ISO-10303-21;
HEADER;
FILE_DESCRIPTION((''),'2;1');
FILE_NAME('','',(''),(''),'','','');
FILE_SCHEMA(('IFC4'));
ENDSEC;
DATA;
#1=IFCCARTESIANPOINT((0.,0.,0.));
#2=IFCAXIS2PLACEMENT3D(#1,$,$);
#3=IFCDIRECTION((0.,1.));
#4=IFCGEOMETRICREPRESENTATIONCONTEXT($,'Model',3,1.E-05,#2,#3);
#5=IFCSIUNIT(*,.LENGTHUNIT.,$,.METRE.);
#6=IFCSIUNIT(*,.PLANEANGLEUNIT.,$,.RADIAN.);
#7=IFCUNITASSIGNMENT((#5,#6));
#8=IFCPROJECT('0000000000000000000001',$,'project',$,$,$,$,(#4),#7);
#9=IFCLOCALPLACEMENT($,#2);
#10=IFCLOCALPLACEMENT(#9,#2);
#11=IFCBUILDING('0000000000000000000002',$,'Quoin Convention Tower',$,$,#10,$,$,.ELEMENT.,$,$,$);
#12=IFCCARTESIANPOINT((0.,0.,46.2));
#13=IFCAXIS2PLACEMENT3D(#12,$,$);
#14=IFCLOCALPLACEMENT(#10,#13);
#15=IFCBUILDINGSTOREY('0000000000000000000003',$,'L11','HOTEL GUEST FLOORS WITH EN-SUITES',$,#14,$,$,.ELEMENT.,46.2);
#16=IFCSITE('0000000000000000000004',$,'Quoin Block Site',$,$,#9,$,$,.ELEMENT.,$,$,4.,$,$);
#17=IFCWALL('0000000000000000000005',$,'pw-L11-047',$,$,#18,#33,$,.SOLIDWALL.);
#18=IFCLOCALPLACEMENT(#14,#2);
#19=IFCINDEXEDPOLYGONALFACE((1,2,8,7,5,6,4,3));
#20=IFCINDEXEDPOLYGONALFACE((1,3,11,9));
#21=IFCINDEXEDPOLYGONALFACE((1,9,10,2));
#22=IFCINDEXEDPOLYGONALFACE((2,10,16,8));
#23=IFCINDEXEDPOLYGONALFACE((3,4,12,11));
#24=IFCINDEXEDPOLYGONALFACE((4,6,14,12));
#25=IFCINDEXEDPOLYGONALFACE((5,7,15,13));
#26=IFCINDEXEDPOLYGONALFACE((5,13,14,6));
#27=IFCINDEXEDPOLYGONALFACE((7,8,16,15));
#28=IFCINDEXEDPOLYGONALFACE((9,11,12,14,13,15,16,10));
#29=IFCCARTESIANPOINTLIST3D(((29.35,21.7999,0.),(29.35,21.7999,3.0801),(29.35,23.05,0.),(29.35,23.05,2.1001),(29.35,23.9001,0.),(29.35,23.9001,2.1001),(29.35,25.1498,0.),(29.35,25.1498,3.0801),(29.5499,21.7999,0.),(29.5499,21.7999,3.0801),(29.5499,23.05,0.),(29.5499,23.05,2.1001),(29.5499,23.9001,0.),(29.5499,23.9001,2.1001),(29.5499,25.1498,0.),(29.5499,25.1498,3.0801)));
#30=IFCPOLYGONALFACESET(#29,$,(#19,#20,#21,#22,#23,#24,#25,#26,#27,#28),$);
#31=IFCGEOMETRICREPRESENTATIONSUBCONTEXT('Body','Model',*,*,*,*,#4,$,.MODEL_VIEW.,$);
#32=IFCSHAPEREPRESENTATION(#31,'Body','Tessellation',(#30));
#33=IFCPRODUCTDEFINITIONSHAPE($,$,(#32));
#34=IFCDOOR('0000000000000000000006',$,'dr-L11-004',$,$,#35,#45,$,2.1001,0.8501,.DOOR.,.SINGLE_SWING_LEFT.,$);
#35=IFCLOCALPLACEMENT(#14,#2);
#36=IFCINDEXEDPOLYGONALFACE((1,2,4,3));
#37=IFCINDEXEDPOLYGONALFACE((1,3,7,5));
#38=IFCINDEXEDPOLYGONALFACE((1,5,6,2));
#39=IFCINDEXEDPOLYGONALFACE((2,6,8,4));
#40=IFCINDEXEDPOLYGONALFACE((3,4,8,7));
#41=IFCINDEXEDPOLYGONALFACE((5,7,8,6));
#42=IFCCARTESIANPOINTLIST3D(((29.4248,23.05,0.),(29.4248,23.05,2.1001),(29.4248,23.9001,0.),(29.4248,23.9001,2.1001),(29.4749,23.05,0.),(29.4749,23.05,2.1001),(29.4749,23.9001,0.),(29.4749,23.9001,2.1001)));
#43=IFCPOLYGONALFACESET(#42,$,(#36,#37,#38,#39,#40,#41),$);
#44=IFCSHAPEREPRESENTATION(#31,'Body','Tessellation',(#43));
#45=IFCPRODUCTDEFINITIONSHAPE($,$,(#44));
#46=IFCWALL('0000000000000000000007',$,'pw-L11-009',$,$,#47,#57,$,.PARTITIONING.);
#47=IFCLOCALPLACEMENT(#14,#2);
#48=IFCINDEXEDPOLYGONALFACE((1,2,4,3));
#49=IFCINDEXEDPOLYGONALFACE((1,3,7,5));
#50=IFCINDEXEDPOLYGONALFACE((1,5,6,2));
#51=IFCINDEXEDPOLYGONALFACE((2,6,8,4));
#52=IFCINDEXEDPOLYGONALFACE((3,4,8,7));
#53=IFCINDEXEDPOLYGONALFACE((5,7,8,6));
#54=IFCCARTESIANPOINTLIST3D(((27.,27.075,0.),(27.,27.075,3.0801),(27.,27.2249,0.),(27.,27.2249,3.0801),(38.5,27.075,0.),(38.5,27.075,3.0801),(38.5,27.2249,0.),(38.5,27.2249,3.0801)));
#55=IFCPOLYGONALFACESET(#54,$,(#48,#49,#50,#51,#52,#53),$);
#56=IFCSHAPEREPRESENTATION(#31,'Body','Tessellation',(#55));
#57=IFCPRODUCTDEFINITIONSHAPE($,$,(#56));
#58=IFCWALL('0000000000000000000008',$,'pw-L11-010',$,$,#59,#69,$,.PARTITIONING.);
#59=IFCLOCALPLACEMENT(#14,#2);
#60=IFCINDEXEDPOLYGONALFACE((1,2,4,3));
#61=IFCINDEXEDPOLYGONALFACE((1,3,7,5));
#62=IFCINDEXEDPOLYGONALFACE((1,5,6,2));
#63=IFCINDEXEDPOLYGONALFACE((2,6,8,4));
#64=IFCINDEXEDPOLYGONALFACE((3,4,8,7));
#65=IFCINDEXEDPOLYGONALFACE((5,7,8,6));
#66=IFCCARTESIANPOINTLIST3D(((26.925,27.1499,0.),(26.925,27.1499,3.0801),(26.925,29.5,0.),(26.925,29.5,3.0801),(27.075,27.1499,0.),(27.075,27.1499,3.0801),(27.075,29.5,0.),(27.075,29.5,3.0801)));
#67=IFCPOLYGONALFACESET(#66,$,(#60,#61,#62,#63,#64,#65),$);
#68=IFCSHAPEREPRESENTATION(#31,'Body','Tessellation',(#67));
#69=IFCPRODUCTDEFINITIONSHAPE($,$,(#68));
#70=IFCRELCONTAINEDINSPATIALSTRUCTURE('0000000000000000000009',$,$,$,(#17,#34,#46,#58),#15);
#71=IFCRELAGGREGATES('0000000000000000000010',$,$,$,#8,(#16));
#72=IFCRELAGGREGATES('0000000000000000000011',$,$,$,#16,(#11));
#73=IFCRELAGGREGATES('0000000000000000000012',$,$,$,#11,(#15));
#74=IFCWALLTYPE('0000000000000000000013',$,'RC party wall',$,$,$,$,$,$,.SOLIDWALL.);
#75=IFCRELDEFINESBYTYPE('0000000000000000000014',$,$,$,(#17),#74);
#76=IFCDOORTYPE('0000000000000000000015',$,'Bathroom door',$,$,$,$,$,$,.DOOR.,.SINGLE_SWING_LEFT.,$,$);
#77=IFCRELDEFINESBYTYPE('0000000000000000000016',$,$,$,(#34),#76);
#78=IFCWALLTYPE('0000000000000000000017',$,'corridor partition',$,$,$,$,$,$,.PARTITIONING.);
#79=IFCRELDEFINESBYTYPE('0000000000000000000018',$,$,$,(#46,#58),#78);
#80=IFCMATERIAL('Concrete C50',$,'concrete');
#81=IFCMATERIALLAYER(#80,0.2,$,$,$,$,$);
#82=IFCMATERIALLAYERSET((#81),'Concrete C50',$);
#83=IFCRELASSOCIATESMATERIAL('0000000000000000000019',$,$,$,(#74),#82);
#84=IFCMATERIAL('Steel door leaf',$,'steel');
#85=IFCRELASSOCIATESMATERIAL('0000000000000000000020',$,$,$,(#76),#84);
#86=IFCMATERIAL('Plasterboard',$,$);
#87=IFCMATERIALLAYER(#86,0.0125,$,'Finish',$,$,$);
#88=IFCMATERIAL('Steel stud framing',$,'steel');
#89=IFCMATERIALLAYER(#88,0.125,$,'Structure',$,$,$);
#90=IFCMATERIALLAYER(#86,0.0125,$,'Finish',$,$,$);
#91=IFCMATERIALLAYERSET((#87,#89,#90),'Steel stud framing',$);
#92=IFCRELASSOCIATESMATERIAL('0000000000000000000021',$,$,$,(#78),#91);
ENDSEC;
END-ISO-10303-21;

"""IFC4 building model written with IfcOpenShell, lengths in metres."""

from ifc_helpers import new_model, si_unit, direction, frame, frame_2d, origin, place, context, subcontext, project, spatial, rectangle, extrude, material, layer, layer_set, type_object, element, fill, save


model = new_model("IFC4")

# Units and contexts
model_context = context("Model", 3, precision=1e-05, world=origin(), true_north=direction((0.0, 1.0)))
body_context = subcontext(model_context, "Body", "Model", "MODEL_VIEW")
ifc_project = project(units=[si_unit("LENGTHUNIT", "METRE"), si_unit("PLANEANGLEUNIT", "RADIAN")], contexts=[model_context])

# Site, building, storey
site_placement = place(None, origin())
site = spatial("IfcSite", under=ifc_project, at=site_placement, Name="Quoin Block Site", CompositionType="ELEMENT", RefElevation=4.0)
building_placement = place(site_placement, origin())
building = spatial("IfcBuilding", under=site, at=building_placement, Name="Quoin Convention Tower", CompositionType="ELEMENT")
storey_placement = place(building_placement, frame((0.0, 0.0, 46.2)))
storey = spatial("IfcBuildingStorey", under=building, at=storey_placement, Name="L11", Description="HOTEL GUEST FLOORS WITH EN-SUITES", CompositionType="ELEMENT", Elevation=46.2)

# Shared definitions
ifc_material_1 = material(Name="Concrete C50", Category="concrete")
ifc_layer_1 = layer(ifc_material_1, 0.2)
ifc_layer_set_1 = layer_set([ifc_layer_1], Name="Concrete C50")
wall_type_1 = type_object("IfcWallType", Name="RC party wall", PredefinedType="SOLIDWALL", material=ifc_layer_set_1)

# Wall, opening, door
wall_1_placement = place(storey_placement, frame((29.45, 21.8, 0.0), z_axis=(0.0, 0.0, 1.0), x_axis=(0.0, 1.0, 0.0)))
wall_1 = element("IfcWall", 1, at=wall_1_placement, inside=storey, type_object=wall_type_1, Name="pw-L11-047", PredefinedType="SOLIDWALL", context=body_context, shape_type="SweptSolid", body=[
    extrude(rectangle(XDim=3.3499, YDim=0.2, at=frame_2d((1.6748, 0.0))), origin(), (0.0, 0.0, 1.0), 3.0801),
])
opening_1_placement = place(wall_1_placement, frame((1.25, 0.0, 0.0)))
opening_1 = element("IfcOpeningElement", 2, at=opening_1_placement, cuts=wall_1, PredefinedType="OPENING", context=body_context, shape_type="SweptSolid", body=[
    extrude(rectangle(XDim=0.8501, YDim=2.1001, at=frame_2d((0.425, 1.05))), frame((0.0, 0.1099, 0.0), z_axis=(0.0, -1.0, 0.0), x_axis=(1.0, 0.0, 0.0)), (0.0, 0.0, 1.0), 0.22),
])
ifc_material_2 = material(Name="Steel door leaf", Category="steel")
door_type = type_object("IfcDoorType", Name="Bathroom door", OperationType="SINGLE_SWING_LEFT", PredefinedType="DOOR", material=ifc_material_2)
door_placement = place(opening_1_placement, frame((0.8501, 0.0, 0.0), z_axis=(0.0, 0.0, 1.0), x_axis=(-1.0, 0.0, 0.0)))
door = element("IfcDoor", 3, at=door_placement, inside=storey, type_object=door_type, Name="dr-L11-004", OperationType="SINGLE_SWING_LEFT", OverallHeight=2.1001, OverallWidth=0.8501, PredefinedType="DOOR", context=body_context, shape_type="SweptSolid", body=[
    extrude(rectangle(XDim=0.8501, YDim=2.1001, at=frame_2d((0.425, 1.05))), frame((0.0, 0.0249, 0.0), z_axis=(0.0, -1.0, 0.0), x_axis=(1.0, 0.0, 0.0)), (0.0, 0.0, 1.0), 0.05),
])
fill(opening_1, door)

# Walls
ifc_material_3 = material(Name="Plasterboard")
ifc_layer_2 = layer(ifc_material_3, 0.0125, Name="Finish")
ifc_material_4 = material(Name="Steel stud framing", Category="steel")
ifc_layer_3 = layer(ifc_material_4, 0.125, Name="Structure")
ifc_layer_4 = layer(ifc_material_3, 0.0125, Name="Finish")
ifc_layer_set_2 = layer_set([ifc_layer_2, ifc_layer_3, ifc_layer_4], Name="Steel stud framing")
wall_type_2 = type_object("IfcWallType", Name="corridor partition", PredefinedType="PARTITIONING", material=ifc_layer_set_2)
wall_2_placement = place(storey_placement, frame((27.0, 27.1499, 0.0), z_axis=(0.0, 0.0, 1.0), x_axis=(1.0, 0.0, 0.0)))
element("IfcWall", 4, at=wall_2_placement, inside=storey, type_object=wall_type_2, Name="pw-L11-009", PredefinedType="PARTITIONING", context=body_context, shape_type="SweptSolid", body=[
    extrude(rectangle(XDim=11.5, YDim=0.1499, at=frame_2d((5.75, 0.0))), origin(), (0.0, 0.0, 1.0), 3.0801),
])
wall_3_placement = place(storey_placement, frame((27.0, 27.1499, 0.0), z_axis=(0.0, 0.0, 1.0), x_axis=(0.0, 1.0, 0.0)))
element("IfcWall", 5, at=wall_3_placement, inside=storey, type_object=wall_type_2, Name="pw-L11-010", PredefinedType="PARTITIONING", context=body_context, shape_type="SweptSolid", body=[
    extrude(rectangle(XDim=2.3501, YDim=0.1499, at=frame_2d((1.175, 0.0))), origin(), (0.0, 0.0, 1.0), 3.0801),
])

save(model, "model.ifc")
